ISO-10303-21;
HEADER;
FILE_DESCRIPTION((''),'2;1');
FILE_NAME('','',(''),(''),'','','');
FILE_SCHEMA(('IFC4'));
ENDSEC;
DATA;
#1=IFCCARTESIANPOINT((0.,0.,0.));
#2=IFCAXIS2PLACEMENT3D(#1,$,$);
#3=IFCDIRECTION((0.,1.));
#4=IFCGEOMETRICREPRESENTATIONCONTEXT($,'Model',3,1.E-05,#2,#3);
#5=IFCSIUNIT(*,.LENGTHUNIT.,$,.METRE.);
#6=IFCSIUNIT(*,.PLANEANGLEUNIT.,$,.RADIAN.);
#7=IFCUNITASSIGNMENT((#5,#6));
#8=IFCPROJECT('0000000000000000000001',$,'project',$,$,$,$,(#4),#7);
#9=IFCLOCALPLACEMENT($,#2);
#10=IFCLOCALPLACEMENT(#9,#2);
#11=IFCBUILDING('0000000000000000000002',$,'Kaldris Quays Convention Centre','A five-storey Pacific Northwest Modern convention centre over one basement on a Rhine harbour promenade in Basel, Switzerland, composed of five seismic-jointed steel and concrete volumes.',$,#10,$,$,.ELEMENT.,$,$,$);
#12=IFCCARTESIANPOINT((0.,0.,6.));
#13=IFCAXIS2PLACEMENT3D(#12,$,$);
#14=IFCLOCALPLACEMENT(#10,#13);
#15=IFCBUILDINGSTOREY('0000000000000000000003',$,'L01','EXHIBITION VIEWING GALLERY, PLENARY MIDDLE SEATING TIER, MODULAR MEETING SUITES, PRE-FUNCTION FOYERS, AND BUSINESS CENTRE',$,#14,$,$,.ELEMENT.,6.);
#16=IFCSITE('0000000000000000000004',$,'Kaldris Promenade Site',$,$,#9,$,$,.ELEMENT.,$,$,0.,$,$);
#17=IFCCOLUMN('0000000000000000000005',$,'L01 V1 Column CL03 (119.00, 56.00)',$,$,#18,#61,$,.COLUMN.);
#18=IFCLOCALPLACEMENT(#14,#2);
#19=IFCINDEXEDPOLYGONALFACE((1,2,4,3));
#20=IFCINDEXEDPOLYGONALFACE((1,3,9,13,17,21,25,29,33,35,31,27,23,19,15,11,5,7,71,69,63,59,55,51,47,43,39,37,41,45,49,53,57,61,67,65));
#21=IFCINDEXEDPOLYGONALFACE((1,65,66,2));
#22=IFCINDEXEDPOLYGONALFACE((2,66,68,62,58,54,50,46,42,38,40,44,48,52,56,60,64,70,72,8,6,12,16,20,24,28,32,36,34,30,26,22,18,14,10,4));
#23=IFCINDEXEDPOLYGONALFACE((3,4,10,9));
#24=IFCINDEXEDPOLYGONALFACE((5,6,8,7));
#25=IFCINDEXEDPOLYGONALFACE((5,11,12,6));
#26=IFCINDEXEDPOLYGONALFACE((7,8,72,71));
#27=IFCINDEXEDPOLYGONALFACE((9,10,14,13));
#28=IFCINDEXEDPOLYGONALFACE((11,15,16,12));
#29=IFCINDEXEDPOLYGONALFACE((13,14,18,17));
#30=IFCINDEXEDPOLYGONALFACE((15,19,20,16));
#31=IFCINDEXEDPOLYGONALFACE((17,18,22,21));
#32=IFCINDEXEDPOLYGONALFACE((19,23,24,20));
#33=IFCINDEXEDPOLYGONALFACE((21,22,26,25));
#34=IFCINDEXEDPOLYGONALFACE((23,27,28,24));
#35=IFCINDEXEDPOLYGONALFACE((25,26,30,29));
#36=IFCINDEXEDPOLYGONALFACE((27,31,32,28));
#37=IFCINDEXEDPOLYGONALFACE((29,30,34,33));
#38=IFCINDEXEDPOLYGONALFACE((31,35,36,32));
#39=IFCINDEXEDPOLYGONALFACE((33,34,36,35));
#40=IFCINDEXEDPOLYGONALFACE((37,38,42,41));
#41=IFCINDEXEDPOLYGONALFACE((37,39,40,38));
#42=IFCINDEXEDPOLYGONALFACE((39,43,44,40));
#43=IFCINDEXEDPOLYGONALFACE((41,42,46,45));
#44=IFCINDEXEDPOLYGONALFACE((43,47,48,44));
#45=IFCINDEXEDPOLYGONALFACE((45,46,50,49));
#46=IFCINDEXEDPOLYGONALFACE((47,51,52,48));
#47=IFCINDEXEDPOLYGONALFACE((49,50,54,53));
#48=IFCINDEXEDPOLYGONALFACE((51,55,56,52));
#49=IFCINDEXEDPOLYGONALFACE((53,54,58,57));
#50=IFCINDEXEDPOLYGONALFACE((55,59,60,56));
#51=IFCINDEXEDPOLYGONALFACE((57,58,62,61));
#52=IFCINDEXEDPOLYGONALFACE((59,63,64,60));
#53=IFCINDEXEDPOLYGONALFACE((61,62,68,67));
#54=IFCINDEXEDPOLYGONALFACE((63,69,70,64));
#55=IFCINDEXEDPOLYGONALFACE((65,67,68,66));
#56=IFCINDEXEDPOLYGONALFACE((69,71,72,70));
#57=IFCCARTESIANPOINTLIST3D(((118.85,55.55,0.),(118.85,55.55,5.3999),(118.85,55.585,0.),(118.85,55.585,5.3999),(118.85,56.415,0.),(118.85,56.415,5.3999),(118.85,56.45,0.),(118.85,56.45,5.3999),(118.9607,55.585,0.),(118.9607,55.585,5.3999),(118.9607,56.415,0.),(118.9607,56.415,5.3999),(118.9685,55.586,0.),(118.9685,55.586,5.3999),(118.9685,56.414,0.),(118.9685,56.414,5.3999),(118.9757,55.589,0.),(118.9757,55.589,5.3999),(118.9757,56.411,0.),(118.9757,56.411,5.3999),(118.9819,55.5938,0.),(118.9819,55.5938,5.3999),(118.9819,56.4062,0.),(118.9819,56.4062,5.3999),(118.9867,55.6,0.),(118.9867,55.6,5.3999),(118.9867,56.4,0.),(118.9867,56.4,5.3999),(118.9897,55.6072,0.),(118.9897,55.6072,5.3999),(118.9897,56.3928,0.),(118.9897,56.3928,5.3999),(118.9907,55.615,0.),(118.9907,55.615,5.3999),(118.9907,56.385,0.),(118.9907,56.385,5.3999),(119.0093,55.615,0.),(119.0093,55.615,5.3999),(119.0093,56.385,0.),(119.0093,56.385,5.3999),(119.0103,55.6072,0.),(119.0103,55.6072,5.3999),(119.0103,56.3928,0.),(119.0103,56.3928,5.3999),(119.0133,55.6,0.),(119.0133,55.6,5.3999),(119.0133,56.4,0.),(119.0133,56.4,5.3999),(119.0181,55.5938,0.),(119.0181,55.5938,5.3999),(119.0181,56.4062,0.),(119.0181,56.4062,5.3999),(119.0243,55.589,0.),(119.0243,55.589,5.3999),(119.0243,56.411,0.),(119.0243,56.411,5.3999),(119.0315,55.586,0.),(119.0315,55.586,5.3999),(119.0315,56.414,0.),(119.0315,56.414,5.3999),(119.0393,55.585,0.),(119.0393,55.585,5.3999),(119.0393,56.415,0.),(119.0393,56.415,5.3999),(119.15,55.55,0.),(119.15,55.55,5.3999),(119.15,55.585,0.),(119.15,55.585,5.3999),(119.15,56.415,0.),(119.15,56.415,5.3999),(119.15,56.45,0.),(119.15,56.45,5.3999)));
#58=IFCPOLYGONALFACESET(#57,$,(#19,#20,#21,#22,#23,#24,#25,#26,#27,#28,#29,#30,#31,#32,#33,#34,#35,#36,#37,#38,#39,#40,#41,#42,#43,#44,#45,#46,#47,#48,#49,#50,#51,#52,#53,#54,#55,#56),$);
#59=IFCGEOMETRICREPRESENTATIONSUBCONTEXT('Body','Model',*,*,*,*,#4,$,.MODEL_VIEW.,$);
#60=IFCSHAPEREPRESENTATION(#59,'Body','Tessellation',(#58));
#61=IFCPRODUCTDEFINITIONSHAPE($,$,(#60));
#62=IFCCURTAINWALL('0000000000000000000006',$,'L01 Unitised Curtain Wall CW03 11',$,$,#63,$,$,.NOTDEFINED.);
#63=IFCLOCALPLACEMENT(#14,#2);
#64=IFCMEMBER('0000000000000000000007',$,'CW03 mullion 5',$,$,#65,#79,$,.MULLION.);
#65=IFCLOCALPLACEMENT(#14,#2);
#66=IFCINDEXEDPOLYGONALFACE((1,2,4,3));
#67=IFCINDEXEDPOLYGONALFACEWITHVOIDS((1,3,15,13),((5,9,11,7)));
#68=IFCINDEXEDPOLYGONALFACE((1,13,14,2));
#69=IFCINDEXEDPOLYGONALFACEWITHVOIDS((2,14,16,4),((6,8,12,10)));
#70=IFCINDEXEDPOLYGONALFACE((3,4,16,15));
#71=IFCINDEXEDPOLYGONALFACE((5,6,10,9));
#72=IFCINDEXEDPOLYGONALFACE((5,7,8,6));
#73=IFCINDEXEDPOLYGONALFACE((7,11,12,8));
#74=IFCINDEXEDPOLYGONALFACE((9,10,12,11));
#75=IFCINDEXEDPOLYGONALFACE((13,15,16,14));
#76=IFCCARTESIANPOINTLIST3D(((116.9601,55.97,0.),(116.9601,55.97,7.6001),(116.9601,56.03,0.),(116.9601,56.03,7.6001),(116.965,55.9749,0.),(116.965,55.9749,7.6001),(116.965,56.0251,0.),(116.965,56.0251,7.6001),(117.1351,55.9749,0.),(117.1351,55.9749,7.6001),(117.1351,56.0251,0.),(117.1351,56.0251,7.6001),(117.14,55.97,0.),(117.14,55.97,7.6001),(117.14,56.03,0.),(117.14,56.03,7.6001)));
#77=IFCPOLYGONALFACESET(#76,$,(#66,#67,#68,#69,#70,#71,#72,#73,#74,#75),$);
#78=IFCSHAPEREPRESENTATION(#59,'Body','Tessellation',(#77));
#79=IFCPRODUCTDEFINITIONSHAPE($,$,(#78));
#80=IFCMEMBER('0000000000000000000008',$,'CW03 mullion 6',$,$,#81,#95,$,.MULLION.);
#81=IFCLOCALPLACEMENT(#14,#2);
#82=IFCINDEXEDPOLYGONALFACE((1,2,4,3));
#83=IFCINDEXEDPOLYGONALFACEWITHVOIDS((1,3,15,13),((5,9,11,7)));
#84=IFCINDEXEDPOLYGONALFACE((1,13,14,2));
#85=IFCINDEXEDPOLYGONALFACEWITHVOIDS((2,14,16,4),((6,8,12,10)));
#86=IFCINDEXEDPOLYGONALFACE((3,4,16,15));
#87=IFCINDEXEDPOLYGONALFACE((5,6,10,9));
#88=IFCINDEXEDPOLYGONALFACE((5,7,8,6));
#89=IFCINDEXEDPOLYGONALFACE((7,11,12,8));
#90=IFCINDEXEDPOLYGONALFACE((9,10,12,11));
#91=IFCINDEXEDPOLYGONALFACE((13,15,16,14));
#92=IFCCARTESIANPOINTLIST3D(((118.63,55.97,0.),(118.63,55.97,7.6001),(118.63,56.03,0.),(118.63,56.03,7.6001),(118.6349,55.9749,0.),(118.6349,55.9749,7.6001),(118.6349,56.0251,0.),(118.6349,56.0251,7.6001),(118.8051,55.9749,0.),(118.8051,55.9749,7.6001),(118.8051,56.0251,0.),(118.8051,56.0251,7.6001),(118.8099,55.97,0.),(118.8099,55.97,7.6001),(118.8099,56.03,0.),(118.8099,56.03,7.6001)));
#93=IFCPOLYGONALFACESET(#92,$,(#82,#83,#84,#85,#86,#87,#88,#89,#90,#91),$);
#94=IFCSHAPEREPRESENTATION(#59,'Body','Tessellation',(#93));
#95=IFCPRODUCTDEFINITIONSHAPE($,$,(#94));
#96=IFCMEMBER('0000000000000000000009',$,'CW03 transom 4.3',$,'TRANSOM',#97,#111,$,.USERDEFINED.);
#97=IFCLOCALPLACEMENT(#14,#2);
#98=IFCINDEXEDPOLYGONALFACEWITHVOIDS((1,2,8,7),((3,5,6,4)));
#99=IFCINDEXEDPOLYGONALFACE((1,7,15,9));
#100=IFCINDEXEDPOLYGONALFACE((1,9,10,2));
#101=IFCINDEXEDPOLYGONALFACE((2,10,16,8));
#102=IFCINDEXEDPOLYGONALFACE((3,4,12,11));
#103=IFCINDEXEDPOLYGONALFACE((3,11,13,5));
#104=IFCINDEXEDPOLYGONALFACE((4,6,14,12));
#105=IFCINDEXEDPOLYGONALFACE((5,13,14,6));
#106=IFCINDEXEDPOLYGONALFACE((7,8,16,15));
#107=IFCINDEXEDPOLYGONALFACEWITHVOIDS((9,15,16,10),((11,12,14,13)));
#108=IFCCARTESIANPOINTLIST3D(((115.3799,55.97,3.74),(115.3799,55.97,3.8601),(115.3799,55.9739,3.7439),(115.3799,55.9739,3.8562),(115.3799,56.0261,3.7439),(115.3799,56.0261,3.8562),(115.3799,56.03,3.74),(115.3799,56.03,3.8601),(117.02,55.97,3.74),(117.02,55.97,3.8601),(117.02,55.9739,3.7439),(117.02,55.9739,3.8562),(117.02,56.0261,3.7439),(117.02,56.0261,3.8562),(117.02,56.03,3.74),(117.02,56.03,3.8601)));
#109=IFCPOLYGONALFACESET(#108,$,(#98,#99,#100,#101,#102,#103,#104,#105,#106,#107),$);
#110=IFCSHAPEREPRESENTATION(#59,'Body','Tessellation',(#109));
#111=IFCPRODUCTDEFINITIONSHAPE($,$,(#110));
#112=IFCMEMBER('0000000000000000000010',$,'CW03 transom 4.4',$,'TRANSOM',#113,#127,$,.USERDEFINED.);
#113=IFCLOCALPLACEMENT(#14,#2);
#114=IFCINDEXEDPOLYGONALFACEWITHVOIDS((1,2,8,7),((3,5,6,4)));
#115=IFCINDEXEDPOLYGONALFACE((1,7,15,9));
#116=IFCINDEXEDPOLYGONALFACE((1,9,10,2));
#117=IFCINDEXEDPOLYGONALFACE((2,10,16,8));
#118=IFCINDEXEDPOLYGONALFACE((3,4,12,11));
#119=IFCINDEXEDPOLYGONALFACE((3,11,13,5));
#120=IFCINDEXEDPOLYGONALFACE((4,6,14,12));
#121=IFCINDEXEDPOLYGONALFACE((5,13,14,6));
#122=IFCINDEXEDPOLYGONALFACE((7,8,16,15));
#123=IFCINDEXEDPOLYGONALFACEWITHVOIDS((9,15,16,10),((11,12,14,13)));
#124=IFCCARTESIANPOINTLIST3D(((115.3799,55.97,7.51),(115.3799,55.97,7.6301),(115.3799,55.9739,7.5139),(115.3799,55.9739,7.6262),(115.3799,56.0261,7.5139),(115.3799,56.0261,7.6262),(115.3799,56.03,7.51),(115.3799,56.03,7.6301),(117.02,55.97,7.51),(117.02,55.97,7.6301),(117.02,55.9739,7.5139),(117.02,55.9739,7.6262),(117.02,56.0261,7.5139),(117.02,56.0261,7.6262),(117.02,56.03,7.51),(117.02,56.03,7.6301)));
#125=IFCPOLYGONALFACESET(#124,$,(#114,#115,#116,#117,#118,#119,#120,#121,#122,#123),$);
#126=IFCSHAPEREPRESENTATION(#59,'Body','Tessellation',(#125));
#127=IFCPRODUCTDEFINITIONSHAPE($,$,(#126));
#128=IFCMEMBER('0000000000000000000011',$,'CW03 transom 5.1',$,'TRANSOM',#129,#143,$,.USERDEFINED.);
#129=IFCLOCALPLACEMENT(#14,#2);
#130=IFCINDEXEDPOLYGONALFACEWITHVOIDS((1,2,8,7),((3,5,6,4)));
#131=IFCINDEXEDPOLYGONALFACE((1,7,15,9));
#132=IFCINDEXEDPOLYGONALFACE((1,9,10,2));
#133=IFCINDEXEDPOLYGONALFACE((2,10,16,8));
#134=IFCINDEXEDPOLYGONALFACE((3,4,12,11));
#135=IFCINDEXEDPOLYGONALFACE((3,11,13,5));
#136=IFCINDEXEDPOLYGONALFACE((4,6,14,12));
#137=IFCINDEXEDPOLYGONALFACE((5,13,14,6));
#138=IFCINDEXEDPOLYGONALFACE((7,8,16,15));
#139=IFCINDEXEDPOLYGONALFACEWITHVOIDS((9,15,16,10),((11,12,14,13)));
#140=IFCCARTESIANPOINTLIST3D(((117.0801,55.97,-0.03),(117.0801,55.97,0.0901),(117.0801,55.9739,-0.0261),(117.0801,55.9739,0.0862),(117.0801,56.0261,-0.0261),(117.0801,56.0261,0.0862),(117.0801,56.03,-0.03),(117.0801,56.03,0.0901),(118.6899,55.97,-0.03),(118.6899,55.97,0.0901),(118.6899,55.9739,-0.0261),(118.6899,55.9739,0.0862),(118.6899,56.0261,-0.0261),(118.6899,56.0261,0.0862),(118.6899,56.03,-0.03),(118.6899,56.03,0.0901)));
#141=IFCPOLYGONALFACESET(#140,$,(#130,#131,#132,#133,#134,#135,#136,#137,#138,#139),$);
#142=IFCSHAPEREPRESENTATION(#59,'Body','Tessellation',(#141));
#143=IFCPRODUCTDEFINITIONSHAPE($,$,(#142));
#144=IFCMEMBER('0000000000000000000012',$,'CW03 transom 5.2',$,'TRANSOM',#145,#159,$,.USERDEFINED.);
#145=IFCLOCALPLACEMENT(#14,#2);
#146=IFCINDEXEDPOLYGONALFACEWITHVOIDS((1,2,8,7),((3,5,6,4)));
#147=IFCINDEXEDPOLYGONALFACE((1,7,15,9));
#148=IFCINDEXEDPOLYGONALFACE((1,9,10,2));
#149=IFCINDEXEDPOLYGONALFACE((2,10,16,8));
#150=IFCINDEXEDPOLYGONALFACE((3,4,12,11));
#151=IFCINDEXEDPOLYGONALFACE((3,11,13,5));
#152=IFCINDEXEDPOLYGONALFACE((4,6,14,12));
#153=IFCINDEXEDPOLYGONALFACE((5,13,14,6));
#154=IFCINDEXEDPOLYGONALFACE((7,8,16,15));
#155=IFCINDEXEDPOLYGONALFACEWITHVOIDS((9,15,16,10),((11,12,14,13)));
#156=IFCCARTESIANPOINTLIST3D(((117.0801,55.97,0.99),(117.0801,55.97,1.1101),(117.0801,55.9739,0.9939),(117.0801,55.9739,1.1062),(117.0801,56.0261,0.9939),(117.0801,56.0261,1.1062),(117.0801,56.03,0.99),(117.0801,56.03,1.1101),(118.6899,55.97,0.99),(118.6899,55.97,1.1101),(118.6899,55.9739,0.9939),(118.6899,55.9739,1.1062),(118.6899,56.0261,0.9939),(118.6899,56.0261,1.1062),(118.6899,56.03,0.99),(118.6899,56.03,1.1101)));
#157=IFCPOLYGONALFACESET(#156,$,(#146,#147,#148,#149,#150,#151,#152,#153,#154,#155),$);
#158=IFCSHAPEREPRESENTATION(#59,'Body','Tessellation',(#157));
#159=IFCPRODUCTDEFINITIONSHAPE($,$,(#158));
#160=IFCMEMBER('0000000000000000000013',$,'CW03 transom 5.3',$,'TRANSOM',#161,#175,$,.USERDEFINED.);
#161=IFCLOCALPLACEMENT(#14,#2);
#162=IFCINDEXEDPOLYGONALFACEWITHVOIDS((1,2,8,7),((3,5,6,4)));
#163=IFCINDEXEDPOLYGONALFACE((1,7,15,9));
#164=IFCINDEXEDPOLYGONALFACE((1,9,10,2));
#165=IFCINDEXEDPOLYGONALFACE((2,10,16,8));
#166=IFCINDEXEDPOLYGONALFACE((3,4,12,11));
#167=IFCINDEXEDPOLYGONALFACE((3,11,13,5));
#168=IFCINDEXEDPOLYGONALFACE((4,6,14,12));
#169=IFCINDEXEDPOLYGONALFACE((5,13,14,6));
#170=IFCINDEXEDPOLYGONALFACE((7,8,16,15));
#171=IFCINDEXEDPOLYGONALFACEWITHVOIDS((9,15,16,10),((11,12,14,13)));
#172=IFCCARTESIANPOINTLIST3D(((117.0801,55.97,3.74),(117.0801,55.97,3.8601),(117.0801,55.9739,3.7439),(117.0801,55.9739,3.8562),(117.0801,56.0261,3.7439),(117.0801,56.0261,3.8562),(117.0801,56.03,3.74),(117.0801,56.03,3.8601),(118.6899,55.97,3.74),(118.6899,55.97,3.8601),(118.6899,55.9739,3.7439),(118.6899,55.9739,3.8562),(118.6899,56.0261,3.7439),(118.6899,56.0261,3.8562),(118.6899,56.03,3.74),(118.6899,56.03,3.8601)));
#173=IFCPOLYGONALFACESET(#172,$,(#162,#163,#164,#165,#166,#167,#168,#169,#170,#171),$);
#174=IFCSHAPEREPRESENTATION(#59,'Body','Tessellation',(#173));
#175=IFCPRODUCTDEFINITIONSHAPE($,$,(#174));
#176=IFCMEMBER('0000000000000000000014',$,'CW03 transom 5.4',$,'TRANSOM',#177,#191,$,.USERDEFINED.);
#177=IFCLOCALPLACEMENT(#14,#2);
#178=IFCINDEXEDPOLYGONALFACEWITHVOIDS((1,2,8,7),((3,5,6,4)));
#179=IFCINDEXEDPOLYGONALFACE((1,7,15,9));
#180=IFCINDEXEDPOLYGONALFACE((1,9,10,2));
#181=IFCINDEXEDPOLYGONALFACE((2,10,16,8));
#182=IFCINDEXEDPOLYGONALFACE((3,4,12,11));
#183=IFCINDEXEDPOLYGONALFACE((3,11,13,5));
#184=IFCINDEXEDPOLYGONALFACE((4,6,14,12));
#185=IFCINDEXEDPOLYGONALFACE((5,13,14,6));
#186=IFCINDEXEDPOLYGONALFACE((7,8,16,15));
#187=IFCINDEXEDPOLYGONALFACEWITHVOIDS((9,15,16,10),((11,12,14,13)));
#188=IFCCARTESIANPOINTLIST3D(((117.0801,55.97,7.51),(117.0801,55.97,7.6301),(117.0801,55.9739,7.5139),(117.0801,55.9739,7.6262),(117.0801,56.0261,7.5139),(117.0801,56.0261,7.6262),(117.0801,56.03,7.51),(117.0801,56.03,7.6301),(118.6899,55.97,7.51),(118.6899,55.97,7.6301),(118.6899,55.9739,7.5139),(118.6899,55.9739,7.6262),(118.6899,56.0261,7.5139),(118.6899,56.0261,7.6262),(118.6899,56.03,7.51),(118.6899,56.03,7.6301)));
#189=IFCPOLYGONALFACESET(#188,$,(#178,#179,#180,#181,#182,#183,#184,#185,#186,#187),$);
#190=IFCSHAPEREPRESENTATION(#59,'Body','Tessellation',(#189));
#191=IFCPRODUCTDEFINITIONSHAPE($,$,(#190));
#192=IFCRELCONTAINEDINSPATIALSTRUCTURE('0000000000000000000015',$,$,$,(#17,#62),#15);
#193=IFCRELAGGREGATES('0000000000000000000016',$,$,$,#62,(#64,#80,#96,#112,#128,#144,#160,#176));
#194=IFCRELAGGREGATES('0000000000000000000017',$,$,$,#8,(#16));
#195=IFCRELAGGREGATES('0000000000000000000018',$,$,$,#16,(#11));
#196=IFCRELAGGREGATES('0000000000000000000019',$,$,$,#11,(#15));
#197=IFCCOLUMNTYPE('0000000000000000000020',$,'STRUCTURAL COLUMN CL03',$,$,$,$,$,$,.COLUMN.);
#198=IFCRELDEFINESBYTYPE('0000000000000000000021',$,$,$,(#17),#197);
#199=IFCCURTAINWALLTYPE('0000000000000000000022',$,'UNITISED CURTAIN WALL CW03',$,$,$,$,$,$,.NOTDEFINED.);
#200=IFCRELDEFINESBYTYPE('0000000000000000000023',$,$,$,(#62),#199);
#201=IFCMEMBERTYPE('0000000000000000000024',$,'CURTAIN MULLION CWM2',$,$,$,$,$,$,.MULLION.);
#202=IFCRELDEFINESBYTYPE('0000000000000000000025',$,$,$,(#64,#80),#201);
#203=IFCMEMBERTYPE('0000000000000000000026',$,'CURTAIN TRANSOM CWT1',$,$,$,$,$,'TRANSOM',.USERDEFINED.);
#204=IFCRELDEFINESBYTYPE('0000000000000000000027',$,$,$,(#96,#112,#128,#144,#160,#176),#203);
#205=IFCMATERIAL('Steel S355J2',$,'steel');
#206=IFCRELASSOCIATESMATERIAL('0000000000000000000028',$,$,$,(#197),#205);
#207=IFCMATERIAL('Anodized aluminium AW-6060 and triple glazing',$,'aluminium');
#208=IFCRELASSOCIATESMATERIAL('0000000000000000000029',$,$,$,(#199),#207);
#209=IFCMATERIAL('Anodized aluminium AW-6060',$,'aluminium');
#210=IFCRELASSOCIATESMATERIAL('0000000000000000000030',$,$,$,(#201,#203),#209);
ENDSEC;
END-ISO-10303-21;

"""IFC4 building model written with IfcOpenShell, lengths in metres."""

from ifc_helpers import new_model, si_unit, direction, frame, origin, origin_2d, place, context, subcontext, project, spatial, hollow_rectangle, i_section, extrude, material, material_profile, profile_set, type_object, element, aggregate, save


model = new_model("IFC4")

# Units and contexts
model_context = context("Model", 3, precision=1e-05, world=origin(), true_north=direction((0.0, 1.0)))
body_context = subcontext(model_context, "Body", "Model", "MODEL_VIEW")
ifc_project = project(units=[si_unit("LENGTHUNIT", "METRE"), si_unit("PLANEANGLEUNIT", "RADIAN")], contexts=[model_context])

# Site, building, storey
site_placement = place(None, origin())
site = spatial("IfcSite", under=ifc_project, at=site_placement, Name="Kaldris Promenade Site", CompositionType="ELEMENT", RefElevation=0.0)
building_placement = place(site_placement, origin())
building = spatial("IfcBuilding", under=site, at=building_placement, Name="Kaldris Quays Convention Centre", Description="A five-storey Pacific Northwest Modern convention centre over one basement on a Rhine harbour promenade in Basel, Switzerland, composed of five seismic-jointed steel and concrete volumes.", CompositionType="ELEMENT")
storey_placement = place(building_placement, frame((0.0, 0.0, 6.0)))
storey = spatial("IfcBuildingStorey", under=building, at=storey_placement, Name="L01", Description="EXHIBITION VIEWING GALLERY, PLENARY MIDDLE SEATING TIER, MODULAR MEETING SUITES, PRE-FUNCTION FOYERS, AND BUSINESS CENTRE", CompositionType="ELEMENT", Elevation=6.0)

# Column
ifc_material_1 = material(Name="Steel S355J2", Category="steel")
ifc_material_profile_1 = material_profile(ifc_material_1, i_section(OverallWidth=0.3, OverallDepth=0.8999, WebThickness=0.0186, FlangeThickness=0.0349, FilletRadius=0.03, at=origin_2d()), Name="HEB 900")
ifc_profile_set_1 = profile_set([ifc_material_profile_1], Name="Steel S355J2")
column_type = type_object("IfcColumnType", Name="STRUCTURAL COLUMN CL03", PredefinedType="COLUMN", material=ifc_profile_set_1)
column_placement = place(storey_placement, frame((119.0, 56.0, 0.0), z_axis=(0.0, 0.0, 1.0), x_axis=(1.0, 0.0, 0.0)))
element("IfcColumn", 1, at=column_placement, inside=storey, type_object=column_type, Name="L01 V1 Column CL03 (119.00, 56.00)", PredefinedType="COLUMN", context=body_context, shape_type="SweptSolid", body=[
    extrude(i_section(OverallWidth=0.3, OverallDepth=0.8999, WebThickness=0.0186, FlangeThickness=0.0349, FilletRadius=0.03, at=origin_2d()), origin(), (0.0, 0.0, 1.0), 5.3999),
])

# Curtain wall, members
ifc_material_2 = material(Name="Anodized aluminium AW-6060 and triple glazing", Category="aluminium")
curtain_wall_type = type_object("IfcCurtainWallType", Name="UNITISED CURTAIN WALL CW03", PredefinedType="NOTDEFINED", material=ifc_material_2)
curtain_wall_placement = place(storey_placement, origin())
curtain_wall = element("IfcCurtainWall", 2, at=curtain_wall_placement, inside=storey, type_object=curtain_wall_type, Name="L01 Unitised Curtain Wall CW03 11", PredefinedType="NOTDEFINED")
ifc_material_3 = material(Name="Anodized aluminium AW-6060", Category="aluminium")
ifc_material_profile_2 = material_profile(ifc_material_3, hollow_rectangle(XDim=0.0601, YDim=0.1799, WallThickness=0.0049, at=origin_2d()), Name="RHS 180x60x5")
ifc_profile_set_2 = profile_set([ifc_material_profile_2], Name="Anodized aluminium AW-6060")
member_type_1 = type_object("IfcMemberType", Name="CURTAIN MULLION CWM2", PredefinedType="MULLION", material=ifc_profile_set_2)
member_1_placement = place(storey_placement, frame((117.05, 56.0, 0.0), z_axis=(0.0, 0.0, 1.0), x_axis=(0.0, 1.0, 0.0)))
member_1 = element("IfcMember", 3, at=member_1_placement, type_object=member_type_1, Name="CW03 mullion 5", PredefinedType="MULLION", context=body_context, shape_type="SweptSolid", body=[
    extrude(hollow_rectangle(XDim=0.0601, YDim=0.1799, WallThickness=0.0049, at=origin_2d()), origin(), (0.0, 0.0, 1.0), 7.6001),
])
member_2_placement = place(storey_placement, frame((118.72, 56.0, 0.0), z_axis=(0.0, 0.0, 1.0), x_axis=(0.0, 1.0, 0.0)))
member_2 = element("IfcMember", 4, at=member_2_placement, type_object=member_type_1, Name="CW03 mullion 6", PredefinedType="MULLION", context=body_context, shape_type="SweptSolid", body=[
    extrude(hollow_rectangle(XDim=0.0601, YDim=0.1799, WallThickness=0.0049, at=origin_2d()), origin(), (0.0, 0.0, 1.0), 7.6001),
])
ifc_material_profile_3 = material_profile(ifc_material_3, hollow_rectangle(XDim=0.0601, YDim=0.1201, WallThickness=0.0039, at=origin_2d()), Name="RHS 120x60x4")
ifc_profile_set_3 = profile_set([ifc_material_profile_3], Name="Anodized aluminium AW-6060")
member_type_2 = type_object("IfcMemberType", Name="CURTAIN TRANSOM CWT1", ElementType="TRANSOM", PredefinedType="USERDEFINED", material=ifc_profile_set_3)
member_3_placement = place(storey_placement, frame((115.3799, 56.0, 3.8), z_axis=(1.0, 0.0, 0.0), x_axis=(0.0, 1.0, 0.0)))
member_3 = element("IfcMember", 5, at=member_3_placement, type_object=member_type_2, Name="CW03 transom 4.3", ObjectType="TRANSOM", PredefinedType="USERDEFINED", context=body_context, shape_type="SweptSolid", body=[
    extrude(hollow_rectangle(XDim=0.0601, YDim=0.1201, WallThickness=0.0039, at=origin_2d()), origin(), (0.0, 0.0, 1.0), 1.6401),
])
member_4_placement = place(storey_placement, frame((115.3799, 56.0, 7.5701), z_axis=(1.0, 0.0, 0.0), x_axis=(0.0, 1.0, 0.0)))
member_4 = element("IfcMember", 6, at=member_4_placement, type_object=member_type_2, Name="CW03 transom 4.4", ObjectType="TRANSOM", PredefinedType="USERDEFINED", context=body_context, shape_type="SweptSolid", body=[
    extrude(hollow_rectangle(XDim=0.0601, YDim=0.1201, WallThickness=0.0039, at=origin_2d()), origin(), (0.0, 0.0, 1.0), 1.6401),
])
member_5_placement = place(storey_placement, frame((117.0801, 56.0, 0.03), z_axis=(1.0, 0.0, 0.0), x_axis=(0.0, 1.0, 0.0)))
member_5 = element("IfcMember", 7, at=member_5_placement, type_object=member_type_2, Name="CW03 transom 5.1", ObjectType="TRANSOM", PredefinedType="USERDEFINED", context=body_context, shape_type="SweptSolid", body=[
    extrude(hollow_rectangle(XDim=0.0601, YDim=0.1201, WallThickness=0.0039, at=origin_2d()), origin(), (0.0, 0.0, 1.0), 1.6099),
])
member_6_placement = place(storey_placement, frame((117.0801, 56.0, 1.05), z_axis=(1.0, 0.0, 0.0), x_axis=(0.0, 1.0, 0.0)))
member_6 = element("IfcMember", 8, at=member_6_placement, type_object=member_type_2, Name="CW03 transom 5.2", ObjectType="TRANSOM", PredefinedType="USERDEFINED", context=body_context, shape_type="SweptSolid", body=[
    extrude(hollow_rectangle(XDim=0.0601, YDim=0.1201, WallThickness=0.0039, at=origin_2d()), origin(), (0.0, 0.0, 1.0), 1.6099),
])
member_7_placement = place(storey_placement, frame((117.0801, 56.0, 3.8), z_axis=(1.0, 0.0, 0.0), x_axis=(0.0, 1.0, 0.0)))
member_7 = element("IfcMember", 9, at=member_7_placement, type_object=member_type_2, Name="CW03 transom 5.3", ObjectType="TRANSOM", PredefinedType="USERDEFINED", context=body_context, shape_type="SweptSolid", body=[
    extrude(hollow_rectangle(XDim=0.0601, YDim=0.1201, WallThickness=0.0039, at=origin_2d()), origin(), (0.0, 0.0, 1.0), 1.6099),
])
member_8_placement = place(storey_placement, frame((117.0801, 56.0, 7.5701), z_axis=(1.0, 0.0, 0.0), x_axis=(0.0, 1.0, 0.0)))
member_8 = element("IfcMember", 10, at=member_8_placement, type_object=member_type_2, Name="CW03 transom 5.4", ObjectType="TRANSOM", PredefinedType="USERDEFINED", context=body_context, shape_type="SweptSolid", body=[
    extrude(hollow_rectangle(XDim=0.0601, YDim=0.1201, WallThickness=0.0039, at=origin_2d()), origin(), (0.0, 0.0, 1.0), 1.6099),
])
aggregate(curtain_wall, [member_1, member_2, member_3, member_4, member_5, member_6, member_7, member_8])

save(model, "model.ifc")
